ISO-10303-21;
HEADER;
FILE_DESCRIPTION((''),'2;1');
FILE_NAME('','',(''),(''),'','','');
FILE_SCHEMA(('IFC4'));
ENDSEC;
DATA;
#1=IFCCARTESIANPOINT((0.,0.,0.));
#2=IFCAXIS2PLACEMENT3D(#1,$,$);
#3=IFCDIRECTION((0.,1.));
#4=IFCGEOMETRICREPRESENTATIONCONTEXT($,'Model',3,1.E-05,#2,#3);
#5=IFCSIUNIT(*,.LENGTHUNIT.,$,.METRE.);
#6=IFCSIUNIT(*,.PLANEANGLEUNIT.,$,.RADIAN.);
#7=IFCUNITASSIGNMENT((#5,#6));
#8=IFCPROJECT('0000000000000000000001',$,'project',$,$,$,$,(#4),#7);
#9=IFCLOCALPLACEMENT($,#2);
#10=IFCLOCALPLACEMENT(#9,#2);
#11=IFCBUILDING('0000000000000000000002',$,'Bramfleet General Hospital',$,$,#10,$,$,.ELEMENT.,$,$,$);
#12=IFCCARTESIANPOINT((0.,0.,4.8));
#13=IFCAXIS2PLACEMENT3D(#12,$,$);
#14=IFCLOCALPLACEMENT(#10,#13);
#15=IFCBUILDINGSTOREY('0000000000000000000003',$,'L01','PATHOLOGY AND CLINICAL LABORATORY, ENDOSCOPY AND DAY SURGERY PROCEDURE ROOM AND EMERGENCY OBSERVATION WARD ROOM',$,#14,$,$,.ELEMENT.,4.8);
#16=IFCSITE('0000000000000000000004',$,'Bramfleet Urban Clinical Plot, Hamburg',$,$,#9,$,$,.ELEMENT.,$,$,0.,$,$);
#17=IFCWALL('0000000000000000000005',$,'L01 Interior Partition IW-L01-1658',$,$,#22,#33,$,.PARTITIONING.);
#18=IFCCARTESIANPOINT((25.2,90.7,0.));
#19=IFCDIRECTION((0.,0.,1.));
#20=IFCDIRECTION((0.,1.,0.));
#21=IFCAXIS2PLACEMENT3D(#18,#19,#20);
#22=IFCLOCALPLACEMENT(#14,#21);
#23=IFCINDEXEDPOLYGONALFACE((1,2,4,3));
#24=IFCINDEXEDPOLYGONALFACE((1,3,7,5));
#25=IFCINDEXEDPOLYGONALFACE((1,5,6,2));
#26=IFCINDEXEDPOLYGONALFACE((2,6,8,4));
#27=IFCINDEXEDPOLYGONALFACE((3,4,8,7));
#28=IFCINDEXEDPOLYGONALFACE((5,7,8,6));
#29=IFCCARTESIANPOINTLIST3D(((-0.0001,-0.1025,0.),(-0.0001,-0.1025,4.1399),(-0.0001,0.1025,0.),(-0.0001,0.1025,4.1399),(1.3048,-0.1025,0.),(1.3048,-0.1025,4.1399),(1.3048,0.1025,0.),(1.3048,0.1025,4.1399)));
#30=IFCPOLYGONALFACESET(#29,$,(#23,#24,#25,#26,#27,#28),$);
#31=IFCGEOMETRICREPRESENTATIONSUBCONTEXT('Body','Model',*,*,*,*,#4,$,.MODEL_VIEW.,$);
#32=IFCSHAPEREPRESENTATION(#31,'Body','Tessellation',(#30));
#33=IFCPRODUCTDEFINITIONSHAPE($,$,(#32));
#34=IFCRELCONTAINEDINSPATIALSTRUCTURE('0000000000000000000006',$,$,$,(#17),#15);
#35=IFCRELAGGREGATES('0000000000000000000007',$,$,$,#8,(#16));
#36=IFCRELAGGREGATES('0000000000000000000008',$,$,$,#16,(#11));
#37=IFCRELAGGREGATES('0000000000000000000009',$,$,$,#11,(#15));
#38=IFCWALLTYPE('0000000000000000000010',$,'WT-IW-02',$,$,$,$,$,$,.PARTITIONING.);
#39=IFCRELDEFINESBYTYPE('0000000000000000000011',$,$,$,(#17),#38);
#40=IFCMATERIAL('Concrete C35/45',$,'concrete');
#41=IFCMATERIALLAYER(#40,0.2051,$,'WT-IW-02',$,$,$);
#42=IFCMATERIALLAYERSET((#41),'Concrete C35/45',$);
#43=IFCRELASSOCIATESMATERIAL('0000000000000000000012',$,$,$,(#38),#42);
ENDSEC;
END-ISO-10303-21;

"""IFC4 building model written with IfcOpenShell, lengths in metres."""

from ifc_helpers import new_model, si_unit, direction, frame, frame_2d, origin, place, context, subcontext, project, spatial, rectangle, extrude, material, layer, layer_set, type_object, element, save


model = new_model("IFC4")

# Units and contexts
model_context = context("Model", 3, precision=1e-05, world=origin(), true_north=direction((0.0, 1.0)))
body_context = subcontext(model_context, "Body", "Model", "MODEL_VIEW")
ifc_project = project(units=[si_unit("LENGTHUNIT", "METRE"), si_unit("PLANEANGLEUNIT", "RADIAN")], contexts=[model_context])

# Site, building, storey
site_placement = place(None, origin())
site = spatial("IfcSite", under=ifc_project, at=site_placement, Name="Bramfleet Urban Clinical Plot, Hamburg", CompositionType="ELEMENT", RefElevation=0.0)
building_placement = place(site_placement, origin())
building = spatial("IfcBuilding", under=site, at=building_placement, Name="Bramfleet General Hospital", CompositionType="ELEMENT")
storey_placement = place(building_placement, frame((0.0, 0.0, 4.8)))
storey = spatial("IfcBuildingStorey", under=building, at=storey_placement, Name="L01", Description="PATHOLOGY AND CLINICAL LABORATORY, ENDOSCOPY AND DAY SURGERY PROCEDURE ROOM AND EMERGENCY OBSERVATION WARD ROOM", CompositionType="ELEMENT", Elevation=4.8)

# Shared definitions
ifc_material_1 = material(Name="Concrete C35/45", Category="concrete")

# Wall
ifc_layer_1 = layer(ifc_material_1, 0.2051, Name="WT-IW-02")
ifc_layer_set_1 = layer_set([ifc_layer_1], Name="Concrete C35/45")
wall_type_1 = type_object("IfcWallType", Name="WT-IW-02", PredefinedType="PARTITIONING", material=ifc_layer_set_1)
wall_1_placement = place(storey_placement, frame((25.2, 90.7, 0.0), z_axis=(0.0, 0.0, 1.0), x_axis=(0.0, 1.0, 0.0)))
element("IfcWall", 1, at=wall_1_placement, inside=storey, type_object=wall_type_1, Name="L01 Interior Partition IW-L01-1658", PredefinedType="PARTITIONING", context=body_context, shape_type="SweptSolid", body=[
    extrude(rectangle(XDim=1.3049, YDim=0.2051, at=frame_2d((0.6523, 0.0))), origin(), (0.0, 0.0, 1.0), 4.1399),
])

save(model, "model.ifc")
